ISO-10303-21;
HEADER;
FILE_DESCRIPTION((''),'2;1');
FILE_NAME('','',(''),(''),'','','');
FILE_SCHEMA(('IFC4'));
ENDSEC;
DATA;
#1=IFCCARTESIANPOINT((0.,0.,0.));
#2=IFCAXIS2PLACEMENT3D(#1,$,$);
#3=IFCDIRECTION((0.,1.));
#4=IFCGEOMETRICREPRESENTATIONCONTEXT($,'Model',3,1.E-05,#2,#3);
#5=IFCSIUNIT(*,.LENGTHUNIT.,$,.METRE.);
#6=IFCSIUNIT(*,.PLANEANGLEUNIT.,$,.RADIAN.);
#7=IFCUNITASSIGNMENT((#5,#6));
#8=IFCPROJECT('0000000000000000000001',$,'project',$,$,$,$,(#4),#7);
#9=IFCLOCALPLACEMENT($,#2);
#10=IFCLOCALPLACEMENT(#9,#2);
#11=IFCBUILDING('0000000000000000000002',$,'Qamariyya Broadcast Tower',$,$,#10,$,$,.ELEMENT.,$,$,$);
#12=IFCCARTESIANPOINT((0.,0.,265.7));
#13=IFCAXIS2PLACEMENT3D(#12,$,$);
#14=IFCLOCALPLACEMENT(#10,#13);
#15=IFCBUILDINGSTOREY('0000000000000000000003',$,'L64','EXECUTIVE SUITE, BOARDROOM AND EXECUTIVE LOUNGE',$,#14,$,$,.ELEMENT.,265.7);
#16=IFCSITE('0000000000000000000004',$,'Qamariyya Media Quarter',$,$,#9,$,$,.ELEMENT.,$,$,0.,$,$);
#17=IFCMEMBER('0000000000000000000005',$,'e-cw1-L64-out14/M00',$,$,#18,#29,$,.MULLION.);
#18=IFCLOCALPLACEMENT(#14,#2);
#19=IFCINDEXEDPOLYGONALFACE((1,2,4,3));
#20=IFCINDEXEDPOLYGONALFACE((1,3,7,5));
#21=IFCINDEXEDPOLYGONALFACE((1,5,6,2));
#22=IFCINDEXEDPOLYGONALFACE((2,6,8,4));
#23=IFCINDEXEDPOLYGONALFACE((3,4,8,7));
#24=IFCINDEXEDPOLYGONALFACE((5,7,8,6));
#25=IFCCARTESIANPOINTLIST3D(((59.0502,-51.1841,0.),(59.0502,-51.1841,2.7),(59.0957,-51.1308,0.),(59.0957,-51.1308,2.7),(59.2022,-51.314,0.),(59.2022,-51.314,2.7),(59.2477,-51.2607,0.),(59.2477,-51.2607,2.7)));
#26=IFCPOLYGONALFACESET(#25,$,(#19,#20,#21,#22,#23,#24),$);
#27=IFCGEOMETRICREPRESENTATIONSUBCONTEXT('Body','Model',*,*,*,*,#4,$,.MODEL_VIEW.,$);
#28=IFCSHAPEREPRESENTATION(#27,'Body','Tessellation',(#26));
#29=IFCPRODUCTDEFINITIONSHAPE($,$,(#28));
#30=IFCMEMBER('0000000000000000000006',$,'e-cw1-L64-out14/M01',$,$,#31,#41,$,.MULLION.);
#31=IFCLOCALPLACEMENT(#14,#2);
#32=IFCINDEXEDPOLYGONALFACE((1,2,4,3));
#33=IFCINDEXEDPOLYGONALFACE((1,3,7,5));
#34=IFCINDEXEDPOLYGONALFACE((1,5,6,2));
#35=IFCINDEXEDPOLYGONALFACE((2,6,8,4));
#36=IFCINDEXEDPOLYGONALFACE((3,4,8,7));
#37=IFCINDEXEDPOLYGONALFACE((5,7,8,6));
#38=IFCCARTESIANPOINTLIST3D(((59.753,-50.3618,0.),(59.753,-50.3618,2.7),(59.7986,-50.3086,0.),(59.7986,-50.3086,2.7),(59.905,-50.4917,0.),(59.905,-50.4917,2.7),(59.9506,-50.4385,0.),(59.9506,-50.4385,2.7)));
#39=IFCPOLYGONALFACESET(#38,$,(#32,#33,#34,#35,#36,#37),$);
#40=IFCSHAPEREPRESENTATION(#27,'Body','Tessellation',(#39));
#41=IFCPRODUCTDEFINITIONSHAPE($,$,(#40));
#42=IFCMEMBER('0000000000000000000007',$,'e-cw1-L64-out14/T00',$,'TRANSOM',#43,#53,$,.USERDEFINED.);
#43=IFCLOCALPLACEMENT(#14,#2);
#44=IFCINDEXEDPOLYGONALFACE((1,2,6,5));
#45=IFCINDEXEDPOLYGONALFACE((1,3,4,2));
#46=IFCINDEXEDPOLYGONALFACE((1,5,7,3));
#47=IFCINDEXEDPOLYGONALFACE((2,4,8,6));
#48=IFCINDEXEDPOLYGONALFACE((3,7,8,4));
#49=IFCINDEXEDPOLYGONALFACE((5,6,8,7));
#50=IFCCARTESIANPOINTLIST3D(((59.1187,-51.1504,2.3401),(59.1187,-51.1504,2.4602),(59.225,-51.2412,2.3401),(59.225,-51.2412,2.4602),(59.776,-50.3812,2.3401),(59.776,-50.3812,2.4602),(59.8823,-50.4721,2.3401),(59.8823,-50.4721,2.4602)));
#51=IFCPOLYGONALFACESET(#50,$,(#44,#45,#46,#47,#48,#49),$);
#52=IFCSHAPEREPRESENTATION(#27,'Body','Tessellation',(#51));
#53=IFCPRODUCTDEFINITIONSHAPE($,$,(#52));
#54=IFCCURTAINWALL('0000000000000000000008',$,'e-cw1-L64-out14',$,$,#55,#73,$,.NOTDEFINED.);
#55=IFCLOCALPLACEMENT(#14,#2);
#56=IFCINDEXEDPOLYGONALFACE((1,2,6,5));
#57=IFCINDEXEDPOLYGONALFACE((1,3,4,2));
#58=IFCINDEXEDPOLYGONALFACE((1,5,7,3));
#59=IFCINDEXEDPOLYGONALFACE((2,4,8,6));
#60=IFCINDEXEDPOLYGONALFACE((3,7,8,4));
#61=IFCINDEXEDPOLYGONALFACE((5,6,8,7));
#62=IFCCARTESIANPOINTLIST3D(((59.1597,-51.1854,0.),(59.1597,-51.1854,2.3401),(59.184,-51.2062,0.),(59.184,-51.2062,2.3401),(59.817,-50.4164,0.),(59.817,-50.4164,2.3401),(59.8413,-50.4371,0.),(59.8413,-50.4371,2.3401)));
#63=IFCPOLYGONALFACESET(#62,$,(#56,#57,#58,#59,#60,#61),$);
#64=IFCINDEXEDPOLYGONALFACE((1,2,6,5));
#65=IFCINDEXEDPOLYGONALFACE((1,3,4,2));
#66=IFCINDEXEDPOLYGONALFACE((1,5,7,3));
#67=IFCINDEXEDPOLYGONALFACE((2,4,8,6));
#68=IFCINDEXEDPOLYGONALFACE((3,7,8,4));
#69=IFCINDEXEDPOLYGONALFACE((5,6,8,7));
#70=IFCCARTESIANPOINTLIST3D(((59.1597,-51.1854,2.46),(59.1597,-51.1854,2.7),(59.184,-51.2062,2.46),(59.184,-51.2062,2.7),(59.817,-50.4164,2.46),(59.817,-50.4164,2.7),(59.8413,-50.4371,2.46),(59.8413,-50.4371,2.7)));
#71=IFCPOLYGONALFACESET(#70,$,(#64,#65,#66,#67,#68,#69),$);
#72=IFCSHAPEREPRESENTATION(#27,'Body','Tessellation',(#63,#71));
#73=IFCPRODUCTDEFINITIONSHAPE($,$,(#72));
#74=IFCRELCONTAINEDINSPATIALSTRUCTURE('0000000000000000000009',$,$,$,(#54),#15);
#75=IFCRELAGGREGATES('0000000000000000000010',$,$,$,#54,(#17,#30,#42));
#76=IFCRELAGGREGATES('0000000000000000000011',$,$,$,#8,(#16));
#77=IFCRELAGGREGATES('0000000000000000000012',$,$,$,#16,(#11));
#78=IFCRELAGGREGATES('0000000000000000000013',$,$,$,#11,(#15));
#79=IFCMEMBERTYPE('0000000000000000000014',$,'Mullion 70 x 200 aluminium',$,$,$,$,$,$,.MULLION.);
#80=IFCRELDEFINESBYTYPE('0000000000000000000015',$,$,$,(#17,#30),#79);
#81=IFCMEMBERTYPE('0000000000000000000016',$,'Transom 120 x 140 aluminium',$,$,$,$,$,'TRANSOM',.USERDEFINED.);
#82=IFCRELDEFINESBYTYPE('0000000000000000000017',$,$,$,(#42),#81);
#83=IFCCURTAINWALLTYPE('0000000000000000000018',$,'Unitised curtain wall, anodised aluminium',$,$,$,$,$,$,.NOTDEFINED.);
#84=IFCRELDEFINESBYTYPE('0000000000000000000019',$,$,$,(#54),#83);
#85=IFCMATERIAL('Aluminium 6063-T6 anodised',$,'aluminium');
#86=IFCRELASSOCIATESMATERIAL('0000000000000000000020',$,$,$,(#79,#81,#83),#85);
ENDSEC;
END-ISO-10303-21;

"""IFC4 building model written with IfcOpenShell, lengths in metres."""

from ifc_helpers import new_model, si_unit, direction, frame, origin, origin_2d, place, context, subcontext, project, spatial, rectangle, extrude, material, material_profile, profile_set, type_object, element, aggregate, save


model = new_model("IFC4")

# Units and contexts
model_context = context("Model", 3, precision=1e-05, world=origin(), true_north=direction((0.0, 1.0)))
body_context = subcontext(model_context, "Body", "Model", "MODEL_VIEW")
ifc_project = project(units=[si_unit("LENGTHUNIT", "METRE"), si_unit("PLANEANGLEUNIT", "RADIAN")], contexts=[model_context])

# Members
ifc_material = material(Name="Aluminium 6063-T6 anodised", Category="aluminium")
ifc_material_profile_1 = material_profile(ifc_material, rectangle(XDim=0.2, YDim=0.0701, at=origin_2d()))
ifc_profile_set_1 = profile_set([ifc_material_profile_1], Name="Aluminium 6063-T6 anodised")
member_type_1 = type_object("IfcMemberType", Name="Mullion 70 x 200 aluminium", PredefinedType="MULLION", material=ifc_profile_set_1)
site_placement = place(None, origin())
building_placement = place(site_placement, origin())
storey_placement = place(building_placement, frame((0.0, 0.0, 265.7)))
member_1_placement = place(storey_placement, frame((59.1489, -51.2224, 0.0), z_axis=(0.0, 0.0, 1.0), x_axis=(-0.760138, 0.649761, 0.0)))
member_1 = element("IfcMember", 1, at=member_1_placement, type_object=member_type_1, Name="e-cw1-L64-out14/M00", PredefinedType="MULLION", context=body_context, shape_type="SweptSolid", body=[
    extrude(rectangle(XDim=0.2, YDim=0.0701, at=origin_2d()), origin(), (0.0, 0.0, 1.0), 2.7),
])
member_2_placement = place(storey_placement, frame((59.8518, -50.4001, 0.0), z_axis=(0.0, 0.0, 1.0), x_axis=(-0.760138, 0.649761, 0.0)))
member_2 = element("IfcMember", 2, at=member_2_placement, type_object=member_type_1, Name="e-cw1-L64-out14/M01", PredefinedType="MULLION", context=body_context, shape_type="SweptSolid", body=[
    extrude(rectangle(XDim=0.2, YDim=0.0701, at=origin_2d()), origin(), (0.0, 0.0, 1.0), 2.7),
])
ifc_material_profile_2 = material_profile(ifc_material, rectangle(XDim=0.1399, YDim=0.1201, at=origin_2d()))
ifc_profile_set_2 = profile_set([ifc_material_profile_2], Name="Aluminium 6063-T6 anodised")
member_type_2 = type_object("IfcMemberType", Name="Transom 120 x 140 aluminium", ElementType="TRANSOM", PredefinedType="USERDEFINED", material=ifc_profile_set_2)
member_3_placement = place(storey_placement, frame((59.1719, -51.1958, 2.4001), z_axis=(0.649678, 0.76021, 0.0), x_axis=(-0.76021, 0.649678, 0.0)))
member_3 = element("IfcMember", 3, at=member_3_placement, type_object=member_type_2, Name="e-cw1-L64-out14/T00", ObjectType="TRANSOM", PredefinedType="USERDEFINED", context=body_context, shape_type="SweptSolid", body=[
    extrude(rectangle(XDim=0.1399, YDim=0.1201, at=origin_2d()), origin(), (0.0, 0.0, 1.0), 1.0117),
])

# Site, building, storey
site = spatial("IfcSite", under=ifc_project, at=site_placement, Name="Qamariyya Media Quarter", CompositionType="ELEMENT", RefElevation=0.0)
building = spatial("IfcBuilding", under=site, at=building_placement, Name="Qamariyya Broadcast Tower", CompositionType="ELEMENT")
storey = spatial("IfcBuildingStorey", under=building, at=storey_placement, Name="L64", Description="EXECUTIVE SUITE, BOARDROOM AND EXECUTIVE LOUNGE", CompositionType="ELEMENT", Elevation=265.7)

# Curtain wall
curtain_wall_type = type_object("IfcCurtainWallType", Name="Unitised curtain wall, anodised aluminium", PredefinedType="NOTDEFINED", material=ifc_material)
curtain_wall_1_placement = place(storey_placement, origin())
curtain_wall_1 = element("IfcCurtainWall", 4, at=curtain_wall_1_placement, inside=storey, type_object=curtain_wall_type, Name="e-cw1-L64-out14", PredefinedType="NOTDEFINED", context=body_context, shape_type="SweptSolid", body=[
    extrude(rectangle(XDim=1.0117, YDim=0.032, at=origin_2d()), frame((59.5005, -50.8113, 0.0), x_axis=(0.649726, 0.760169, 0.0)), (0.0, 0.0, 1.0), 2.3401),
    extrude(rectangle(XDim=1.0117, YDim=0.032, at=origin_2d()), frame((59.5005, -50.8113, 2.46), x_axis=(0.649726, 0.760169, 0.0)), (0.0, 0.0, 1.0), 0.24),
])
aggregate(curtain_wall_1, [member_1, member_2, member_3])

save(model, "model.ifc")
